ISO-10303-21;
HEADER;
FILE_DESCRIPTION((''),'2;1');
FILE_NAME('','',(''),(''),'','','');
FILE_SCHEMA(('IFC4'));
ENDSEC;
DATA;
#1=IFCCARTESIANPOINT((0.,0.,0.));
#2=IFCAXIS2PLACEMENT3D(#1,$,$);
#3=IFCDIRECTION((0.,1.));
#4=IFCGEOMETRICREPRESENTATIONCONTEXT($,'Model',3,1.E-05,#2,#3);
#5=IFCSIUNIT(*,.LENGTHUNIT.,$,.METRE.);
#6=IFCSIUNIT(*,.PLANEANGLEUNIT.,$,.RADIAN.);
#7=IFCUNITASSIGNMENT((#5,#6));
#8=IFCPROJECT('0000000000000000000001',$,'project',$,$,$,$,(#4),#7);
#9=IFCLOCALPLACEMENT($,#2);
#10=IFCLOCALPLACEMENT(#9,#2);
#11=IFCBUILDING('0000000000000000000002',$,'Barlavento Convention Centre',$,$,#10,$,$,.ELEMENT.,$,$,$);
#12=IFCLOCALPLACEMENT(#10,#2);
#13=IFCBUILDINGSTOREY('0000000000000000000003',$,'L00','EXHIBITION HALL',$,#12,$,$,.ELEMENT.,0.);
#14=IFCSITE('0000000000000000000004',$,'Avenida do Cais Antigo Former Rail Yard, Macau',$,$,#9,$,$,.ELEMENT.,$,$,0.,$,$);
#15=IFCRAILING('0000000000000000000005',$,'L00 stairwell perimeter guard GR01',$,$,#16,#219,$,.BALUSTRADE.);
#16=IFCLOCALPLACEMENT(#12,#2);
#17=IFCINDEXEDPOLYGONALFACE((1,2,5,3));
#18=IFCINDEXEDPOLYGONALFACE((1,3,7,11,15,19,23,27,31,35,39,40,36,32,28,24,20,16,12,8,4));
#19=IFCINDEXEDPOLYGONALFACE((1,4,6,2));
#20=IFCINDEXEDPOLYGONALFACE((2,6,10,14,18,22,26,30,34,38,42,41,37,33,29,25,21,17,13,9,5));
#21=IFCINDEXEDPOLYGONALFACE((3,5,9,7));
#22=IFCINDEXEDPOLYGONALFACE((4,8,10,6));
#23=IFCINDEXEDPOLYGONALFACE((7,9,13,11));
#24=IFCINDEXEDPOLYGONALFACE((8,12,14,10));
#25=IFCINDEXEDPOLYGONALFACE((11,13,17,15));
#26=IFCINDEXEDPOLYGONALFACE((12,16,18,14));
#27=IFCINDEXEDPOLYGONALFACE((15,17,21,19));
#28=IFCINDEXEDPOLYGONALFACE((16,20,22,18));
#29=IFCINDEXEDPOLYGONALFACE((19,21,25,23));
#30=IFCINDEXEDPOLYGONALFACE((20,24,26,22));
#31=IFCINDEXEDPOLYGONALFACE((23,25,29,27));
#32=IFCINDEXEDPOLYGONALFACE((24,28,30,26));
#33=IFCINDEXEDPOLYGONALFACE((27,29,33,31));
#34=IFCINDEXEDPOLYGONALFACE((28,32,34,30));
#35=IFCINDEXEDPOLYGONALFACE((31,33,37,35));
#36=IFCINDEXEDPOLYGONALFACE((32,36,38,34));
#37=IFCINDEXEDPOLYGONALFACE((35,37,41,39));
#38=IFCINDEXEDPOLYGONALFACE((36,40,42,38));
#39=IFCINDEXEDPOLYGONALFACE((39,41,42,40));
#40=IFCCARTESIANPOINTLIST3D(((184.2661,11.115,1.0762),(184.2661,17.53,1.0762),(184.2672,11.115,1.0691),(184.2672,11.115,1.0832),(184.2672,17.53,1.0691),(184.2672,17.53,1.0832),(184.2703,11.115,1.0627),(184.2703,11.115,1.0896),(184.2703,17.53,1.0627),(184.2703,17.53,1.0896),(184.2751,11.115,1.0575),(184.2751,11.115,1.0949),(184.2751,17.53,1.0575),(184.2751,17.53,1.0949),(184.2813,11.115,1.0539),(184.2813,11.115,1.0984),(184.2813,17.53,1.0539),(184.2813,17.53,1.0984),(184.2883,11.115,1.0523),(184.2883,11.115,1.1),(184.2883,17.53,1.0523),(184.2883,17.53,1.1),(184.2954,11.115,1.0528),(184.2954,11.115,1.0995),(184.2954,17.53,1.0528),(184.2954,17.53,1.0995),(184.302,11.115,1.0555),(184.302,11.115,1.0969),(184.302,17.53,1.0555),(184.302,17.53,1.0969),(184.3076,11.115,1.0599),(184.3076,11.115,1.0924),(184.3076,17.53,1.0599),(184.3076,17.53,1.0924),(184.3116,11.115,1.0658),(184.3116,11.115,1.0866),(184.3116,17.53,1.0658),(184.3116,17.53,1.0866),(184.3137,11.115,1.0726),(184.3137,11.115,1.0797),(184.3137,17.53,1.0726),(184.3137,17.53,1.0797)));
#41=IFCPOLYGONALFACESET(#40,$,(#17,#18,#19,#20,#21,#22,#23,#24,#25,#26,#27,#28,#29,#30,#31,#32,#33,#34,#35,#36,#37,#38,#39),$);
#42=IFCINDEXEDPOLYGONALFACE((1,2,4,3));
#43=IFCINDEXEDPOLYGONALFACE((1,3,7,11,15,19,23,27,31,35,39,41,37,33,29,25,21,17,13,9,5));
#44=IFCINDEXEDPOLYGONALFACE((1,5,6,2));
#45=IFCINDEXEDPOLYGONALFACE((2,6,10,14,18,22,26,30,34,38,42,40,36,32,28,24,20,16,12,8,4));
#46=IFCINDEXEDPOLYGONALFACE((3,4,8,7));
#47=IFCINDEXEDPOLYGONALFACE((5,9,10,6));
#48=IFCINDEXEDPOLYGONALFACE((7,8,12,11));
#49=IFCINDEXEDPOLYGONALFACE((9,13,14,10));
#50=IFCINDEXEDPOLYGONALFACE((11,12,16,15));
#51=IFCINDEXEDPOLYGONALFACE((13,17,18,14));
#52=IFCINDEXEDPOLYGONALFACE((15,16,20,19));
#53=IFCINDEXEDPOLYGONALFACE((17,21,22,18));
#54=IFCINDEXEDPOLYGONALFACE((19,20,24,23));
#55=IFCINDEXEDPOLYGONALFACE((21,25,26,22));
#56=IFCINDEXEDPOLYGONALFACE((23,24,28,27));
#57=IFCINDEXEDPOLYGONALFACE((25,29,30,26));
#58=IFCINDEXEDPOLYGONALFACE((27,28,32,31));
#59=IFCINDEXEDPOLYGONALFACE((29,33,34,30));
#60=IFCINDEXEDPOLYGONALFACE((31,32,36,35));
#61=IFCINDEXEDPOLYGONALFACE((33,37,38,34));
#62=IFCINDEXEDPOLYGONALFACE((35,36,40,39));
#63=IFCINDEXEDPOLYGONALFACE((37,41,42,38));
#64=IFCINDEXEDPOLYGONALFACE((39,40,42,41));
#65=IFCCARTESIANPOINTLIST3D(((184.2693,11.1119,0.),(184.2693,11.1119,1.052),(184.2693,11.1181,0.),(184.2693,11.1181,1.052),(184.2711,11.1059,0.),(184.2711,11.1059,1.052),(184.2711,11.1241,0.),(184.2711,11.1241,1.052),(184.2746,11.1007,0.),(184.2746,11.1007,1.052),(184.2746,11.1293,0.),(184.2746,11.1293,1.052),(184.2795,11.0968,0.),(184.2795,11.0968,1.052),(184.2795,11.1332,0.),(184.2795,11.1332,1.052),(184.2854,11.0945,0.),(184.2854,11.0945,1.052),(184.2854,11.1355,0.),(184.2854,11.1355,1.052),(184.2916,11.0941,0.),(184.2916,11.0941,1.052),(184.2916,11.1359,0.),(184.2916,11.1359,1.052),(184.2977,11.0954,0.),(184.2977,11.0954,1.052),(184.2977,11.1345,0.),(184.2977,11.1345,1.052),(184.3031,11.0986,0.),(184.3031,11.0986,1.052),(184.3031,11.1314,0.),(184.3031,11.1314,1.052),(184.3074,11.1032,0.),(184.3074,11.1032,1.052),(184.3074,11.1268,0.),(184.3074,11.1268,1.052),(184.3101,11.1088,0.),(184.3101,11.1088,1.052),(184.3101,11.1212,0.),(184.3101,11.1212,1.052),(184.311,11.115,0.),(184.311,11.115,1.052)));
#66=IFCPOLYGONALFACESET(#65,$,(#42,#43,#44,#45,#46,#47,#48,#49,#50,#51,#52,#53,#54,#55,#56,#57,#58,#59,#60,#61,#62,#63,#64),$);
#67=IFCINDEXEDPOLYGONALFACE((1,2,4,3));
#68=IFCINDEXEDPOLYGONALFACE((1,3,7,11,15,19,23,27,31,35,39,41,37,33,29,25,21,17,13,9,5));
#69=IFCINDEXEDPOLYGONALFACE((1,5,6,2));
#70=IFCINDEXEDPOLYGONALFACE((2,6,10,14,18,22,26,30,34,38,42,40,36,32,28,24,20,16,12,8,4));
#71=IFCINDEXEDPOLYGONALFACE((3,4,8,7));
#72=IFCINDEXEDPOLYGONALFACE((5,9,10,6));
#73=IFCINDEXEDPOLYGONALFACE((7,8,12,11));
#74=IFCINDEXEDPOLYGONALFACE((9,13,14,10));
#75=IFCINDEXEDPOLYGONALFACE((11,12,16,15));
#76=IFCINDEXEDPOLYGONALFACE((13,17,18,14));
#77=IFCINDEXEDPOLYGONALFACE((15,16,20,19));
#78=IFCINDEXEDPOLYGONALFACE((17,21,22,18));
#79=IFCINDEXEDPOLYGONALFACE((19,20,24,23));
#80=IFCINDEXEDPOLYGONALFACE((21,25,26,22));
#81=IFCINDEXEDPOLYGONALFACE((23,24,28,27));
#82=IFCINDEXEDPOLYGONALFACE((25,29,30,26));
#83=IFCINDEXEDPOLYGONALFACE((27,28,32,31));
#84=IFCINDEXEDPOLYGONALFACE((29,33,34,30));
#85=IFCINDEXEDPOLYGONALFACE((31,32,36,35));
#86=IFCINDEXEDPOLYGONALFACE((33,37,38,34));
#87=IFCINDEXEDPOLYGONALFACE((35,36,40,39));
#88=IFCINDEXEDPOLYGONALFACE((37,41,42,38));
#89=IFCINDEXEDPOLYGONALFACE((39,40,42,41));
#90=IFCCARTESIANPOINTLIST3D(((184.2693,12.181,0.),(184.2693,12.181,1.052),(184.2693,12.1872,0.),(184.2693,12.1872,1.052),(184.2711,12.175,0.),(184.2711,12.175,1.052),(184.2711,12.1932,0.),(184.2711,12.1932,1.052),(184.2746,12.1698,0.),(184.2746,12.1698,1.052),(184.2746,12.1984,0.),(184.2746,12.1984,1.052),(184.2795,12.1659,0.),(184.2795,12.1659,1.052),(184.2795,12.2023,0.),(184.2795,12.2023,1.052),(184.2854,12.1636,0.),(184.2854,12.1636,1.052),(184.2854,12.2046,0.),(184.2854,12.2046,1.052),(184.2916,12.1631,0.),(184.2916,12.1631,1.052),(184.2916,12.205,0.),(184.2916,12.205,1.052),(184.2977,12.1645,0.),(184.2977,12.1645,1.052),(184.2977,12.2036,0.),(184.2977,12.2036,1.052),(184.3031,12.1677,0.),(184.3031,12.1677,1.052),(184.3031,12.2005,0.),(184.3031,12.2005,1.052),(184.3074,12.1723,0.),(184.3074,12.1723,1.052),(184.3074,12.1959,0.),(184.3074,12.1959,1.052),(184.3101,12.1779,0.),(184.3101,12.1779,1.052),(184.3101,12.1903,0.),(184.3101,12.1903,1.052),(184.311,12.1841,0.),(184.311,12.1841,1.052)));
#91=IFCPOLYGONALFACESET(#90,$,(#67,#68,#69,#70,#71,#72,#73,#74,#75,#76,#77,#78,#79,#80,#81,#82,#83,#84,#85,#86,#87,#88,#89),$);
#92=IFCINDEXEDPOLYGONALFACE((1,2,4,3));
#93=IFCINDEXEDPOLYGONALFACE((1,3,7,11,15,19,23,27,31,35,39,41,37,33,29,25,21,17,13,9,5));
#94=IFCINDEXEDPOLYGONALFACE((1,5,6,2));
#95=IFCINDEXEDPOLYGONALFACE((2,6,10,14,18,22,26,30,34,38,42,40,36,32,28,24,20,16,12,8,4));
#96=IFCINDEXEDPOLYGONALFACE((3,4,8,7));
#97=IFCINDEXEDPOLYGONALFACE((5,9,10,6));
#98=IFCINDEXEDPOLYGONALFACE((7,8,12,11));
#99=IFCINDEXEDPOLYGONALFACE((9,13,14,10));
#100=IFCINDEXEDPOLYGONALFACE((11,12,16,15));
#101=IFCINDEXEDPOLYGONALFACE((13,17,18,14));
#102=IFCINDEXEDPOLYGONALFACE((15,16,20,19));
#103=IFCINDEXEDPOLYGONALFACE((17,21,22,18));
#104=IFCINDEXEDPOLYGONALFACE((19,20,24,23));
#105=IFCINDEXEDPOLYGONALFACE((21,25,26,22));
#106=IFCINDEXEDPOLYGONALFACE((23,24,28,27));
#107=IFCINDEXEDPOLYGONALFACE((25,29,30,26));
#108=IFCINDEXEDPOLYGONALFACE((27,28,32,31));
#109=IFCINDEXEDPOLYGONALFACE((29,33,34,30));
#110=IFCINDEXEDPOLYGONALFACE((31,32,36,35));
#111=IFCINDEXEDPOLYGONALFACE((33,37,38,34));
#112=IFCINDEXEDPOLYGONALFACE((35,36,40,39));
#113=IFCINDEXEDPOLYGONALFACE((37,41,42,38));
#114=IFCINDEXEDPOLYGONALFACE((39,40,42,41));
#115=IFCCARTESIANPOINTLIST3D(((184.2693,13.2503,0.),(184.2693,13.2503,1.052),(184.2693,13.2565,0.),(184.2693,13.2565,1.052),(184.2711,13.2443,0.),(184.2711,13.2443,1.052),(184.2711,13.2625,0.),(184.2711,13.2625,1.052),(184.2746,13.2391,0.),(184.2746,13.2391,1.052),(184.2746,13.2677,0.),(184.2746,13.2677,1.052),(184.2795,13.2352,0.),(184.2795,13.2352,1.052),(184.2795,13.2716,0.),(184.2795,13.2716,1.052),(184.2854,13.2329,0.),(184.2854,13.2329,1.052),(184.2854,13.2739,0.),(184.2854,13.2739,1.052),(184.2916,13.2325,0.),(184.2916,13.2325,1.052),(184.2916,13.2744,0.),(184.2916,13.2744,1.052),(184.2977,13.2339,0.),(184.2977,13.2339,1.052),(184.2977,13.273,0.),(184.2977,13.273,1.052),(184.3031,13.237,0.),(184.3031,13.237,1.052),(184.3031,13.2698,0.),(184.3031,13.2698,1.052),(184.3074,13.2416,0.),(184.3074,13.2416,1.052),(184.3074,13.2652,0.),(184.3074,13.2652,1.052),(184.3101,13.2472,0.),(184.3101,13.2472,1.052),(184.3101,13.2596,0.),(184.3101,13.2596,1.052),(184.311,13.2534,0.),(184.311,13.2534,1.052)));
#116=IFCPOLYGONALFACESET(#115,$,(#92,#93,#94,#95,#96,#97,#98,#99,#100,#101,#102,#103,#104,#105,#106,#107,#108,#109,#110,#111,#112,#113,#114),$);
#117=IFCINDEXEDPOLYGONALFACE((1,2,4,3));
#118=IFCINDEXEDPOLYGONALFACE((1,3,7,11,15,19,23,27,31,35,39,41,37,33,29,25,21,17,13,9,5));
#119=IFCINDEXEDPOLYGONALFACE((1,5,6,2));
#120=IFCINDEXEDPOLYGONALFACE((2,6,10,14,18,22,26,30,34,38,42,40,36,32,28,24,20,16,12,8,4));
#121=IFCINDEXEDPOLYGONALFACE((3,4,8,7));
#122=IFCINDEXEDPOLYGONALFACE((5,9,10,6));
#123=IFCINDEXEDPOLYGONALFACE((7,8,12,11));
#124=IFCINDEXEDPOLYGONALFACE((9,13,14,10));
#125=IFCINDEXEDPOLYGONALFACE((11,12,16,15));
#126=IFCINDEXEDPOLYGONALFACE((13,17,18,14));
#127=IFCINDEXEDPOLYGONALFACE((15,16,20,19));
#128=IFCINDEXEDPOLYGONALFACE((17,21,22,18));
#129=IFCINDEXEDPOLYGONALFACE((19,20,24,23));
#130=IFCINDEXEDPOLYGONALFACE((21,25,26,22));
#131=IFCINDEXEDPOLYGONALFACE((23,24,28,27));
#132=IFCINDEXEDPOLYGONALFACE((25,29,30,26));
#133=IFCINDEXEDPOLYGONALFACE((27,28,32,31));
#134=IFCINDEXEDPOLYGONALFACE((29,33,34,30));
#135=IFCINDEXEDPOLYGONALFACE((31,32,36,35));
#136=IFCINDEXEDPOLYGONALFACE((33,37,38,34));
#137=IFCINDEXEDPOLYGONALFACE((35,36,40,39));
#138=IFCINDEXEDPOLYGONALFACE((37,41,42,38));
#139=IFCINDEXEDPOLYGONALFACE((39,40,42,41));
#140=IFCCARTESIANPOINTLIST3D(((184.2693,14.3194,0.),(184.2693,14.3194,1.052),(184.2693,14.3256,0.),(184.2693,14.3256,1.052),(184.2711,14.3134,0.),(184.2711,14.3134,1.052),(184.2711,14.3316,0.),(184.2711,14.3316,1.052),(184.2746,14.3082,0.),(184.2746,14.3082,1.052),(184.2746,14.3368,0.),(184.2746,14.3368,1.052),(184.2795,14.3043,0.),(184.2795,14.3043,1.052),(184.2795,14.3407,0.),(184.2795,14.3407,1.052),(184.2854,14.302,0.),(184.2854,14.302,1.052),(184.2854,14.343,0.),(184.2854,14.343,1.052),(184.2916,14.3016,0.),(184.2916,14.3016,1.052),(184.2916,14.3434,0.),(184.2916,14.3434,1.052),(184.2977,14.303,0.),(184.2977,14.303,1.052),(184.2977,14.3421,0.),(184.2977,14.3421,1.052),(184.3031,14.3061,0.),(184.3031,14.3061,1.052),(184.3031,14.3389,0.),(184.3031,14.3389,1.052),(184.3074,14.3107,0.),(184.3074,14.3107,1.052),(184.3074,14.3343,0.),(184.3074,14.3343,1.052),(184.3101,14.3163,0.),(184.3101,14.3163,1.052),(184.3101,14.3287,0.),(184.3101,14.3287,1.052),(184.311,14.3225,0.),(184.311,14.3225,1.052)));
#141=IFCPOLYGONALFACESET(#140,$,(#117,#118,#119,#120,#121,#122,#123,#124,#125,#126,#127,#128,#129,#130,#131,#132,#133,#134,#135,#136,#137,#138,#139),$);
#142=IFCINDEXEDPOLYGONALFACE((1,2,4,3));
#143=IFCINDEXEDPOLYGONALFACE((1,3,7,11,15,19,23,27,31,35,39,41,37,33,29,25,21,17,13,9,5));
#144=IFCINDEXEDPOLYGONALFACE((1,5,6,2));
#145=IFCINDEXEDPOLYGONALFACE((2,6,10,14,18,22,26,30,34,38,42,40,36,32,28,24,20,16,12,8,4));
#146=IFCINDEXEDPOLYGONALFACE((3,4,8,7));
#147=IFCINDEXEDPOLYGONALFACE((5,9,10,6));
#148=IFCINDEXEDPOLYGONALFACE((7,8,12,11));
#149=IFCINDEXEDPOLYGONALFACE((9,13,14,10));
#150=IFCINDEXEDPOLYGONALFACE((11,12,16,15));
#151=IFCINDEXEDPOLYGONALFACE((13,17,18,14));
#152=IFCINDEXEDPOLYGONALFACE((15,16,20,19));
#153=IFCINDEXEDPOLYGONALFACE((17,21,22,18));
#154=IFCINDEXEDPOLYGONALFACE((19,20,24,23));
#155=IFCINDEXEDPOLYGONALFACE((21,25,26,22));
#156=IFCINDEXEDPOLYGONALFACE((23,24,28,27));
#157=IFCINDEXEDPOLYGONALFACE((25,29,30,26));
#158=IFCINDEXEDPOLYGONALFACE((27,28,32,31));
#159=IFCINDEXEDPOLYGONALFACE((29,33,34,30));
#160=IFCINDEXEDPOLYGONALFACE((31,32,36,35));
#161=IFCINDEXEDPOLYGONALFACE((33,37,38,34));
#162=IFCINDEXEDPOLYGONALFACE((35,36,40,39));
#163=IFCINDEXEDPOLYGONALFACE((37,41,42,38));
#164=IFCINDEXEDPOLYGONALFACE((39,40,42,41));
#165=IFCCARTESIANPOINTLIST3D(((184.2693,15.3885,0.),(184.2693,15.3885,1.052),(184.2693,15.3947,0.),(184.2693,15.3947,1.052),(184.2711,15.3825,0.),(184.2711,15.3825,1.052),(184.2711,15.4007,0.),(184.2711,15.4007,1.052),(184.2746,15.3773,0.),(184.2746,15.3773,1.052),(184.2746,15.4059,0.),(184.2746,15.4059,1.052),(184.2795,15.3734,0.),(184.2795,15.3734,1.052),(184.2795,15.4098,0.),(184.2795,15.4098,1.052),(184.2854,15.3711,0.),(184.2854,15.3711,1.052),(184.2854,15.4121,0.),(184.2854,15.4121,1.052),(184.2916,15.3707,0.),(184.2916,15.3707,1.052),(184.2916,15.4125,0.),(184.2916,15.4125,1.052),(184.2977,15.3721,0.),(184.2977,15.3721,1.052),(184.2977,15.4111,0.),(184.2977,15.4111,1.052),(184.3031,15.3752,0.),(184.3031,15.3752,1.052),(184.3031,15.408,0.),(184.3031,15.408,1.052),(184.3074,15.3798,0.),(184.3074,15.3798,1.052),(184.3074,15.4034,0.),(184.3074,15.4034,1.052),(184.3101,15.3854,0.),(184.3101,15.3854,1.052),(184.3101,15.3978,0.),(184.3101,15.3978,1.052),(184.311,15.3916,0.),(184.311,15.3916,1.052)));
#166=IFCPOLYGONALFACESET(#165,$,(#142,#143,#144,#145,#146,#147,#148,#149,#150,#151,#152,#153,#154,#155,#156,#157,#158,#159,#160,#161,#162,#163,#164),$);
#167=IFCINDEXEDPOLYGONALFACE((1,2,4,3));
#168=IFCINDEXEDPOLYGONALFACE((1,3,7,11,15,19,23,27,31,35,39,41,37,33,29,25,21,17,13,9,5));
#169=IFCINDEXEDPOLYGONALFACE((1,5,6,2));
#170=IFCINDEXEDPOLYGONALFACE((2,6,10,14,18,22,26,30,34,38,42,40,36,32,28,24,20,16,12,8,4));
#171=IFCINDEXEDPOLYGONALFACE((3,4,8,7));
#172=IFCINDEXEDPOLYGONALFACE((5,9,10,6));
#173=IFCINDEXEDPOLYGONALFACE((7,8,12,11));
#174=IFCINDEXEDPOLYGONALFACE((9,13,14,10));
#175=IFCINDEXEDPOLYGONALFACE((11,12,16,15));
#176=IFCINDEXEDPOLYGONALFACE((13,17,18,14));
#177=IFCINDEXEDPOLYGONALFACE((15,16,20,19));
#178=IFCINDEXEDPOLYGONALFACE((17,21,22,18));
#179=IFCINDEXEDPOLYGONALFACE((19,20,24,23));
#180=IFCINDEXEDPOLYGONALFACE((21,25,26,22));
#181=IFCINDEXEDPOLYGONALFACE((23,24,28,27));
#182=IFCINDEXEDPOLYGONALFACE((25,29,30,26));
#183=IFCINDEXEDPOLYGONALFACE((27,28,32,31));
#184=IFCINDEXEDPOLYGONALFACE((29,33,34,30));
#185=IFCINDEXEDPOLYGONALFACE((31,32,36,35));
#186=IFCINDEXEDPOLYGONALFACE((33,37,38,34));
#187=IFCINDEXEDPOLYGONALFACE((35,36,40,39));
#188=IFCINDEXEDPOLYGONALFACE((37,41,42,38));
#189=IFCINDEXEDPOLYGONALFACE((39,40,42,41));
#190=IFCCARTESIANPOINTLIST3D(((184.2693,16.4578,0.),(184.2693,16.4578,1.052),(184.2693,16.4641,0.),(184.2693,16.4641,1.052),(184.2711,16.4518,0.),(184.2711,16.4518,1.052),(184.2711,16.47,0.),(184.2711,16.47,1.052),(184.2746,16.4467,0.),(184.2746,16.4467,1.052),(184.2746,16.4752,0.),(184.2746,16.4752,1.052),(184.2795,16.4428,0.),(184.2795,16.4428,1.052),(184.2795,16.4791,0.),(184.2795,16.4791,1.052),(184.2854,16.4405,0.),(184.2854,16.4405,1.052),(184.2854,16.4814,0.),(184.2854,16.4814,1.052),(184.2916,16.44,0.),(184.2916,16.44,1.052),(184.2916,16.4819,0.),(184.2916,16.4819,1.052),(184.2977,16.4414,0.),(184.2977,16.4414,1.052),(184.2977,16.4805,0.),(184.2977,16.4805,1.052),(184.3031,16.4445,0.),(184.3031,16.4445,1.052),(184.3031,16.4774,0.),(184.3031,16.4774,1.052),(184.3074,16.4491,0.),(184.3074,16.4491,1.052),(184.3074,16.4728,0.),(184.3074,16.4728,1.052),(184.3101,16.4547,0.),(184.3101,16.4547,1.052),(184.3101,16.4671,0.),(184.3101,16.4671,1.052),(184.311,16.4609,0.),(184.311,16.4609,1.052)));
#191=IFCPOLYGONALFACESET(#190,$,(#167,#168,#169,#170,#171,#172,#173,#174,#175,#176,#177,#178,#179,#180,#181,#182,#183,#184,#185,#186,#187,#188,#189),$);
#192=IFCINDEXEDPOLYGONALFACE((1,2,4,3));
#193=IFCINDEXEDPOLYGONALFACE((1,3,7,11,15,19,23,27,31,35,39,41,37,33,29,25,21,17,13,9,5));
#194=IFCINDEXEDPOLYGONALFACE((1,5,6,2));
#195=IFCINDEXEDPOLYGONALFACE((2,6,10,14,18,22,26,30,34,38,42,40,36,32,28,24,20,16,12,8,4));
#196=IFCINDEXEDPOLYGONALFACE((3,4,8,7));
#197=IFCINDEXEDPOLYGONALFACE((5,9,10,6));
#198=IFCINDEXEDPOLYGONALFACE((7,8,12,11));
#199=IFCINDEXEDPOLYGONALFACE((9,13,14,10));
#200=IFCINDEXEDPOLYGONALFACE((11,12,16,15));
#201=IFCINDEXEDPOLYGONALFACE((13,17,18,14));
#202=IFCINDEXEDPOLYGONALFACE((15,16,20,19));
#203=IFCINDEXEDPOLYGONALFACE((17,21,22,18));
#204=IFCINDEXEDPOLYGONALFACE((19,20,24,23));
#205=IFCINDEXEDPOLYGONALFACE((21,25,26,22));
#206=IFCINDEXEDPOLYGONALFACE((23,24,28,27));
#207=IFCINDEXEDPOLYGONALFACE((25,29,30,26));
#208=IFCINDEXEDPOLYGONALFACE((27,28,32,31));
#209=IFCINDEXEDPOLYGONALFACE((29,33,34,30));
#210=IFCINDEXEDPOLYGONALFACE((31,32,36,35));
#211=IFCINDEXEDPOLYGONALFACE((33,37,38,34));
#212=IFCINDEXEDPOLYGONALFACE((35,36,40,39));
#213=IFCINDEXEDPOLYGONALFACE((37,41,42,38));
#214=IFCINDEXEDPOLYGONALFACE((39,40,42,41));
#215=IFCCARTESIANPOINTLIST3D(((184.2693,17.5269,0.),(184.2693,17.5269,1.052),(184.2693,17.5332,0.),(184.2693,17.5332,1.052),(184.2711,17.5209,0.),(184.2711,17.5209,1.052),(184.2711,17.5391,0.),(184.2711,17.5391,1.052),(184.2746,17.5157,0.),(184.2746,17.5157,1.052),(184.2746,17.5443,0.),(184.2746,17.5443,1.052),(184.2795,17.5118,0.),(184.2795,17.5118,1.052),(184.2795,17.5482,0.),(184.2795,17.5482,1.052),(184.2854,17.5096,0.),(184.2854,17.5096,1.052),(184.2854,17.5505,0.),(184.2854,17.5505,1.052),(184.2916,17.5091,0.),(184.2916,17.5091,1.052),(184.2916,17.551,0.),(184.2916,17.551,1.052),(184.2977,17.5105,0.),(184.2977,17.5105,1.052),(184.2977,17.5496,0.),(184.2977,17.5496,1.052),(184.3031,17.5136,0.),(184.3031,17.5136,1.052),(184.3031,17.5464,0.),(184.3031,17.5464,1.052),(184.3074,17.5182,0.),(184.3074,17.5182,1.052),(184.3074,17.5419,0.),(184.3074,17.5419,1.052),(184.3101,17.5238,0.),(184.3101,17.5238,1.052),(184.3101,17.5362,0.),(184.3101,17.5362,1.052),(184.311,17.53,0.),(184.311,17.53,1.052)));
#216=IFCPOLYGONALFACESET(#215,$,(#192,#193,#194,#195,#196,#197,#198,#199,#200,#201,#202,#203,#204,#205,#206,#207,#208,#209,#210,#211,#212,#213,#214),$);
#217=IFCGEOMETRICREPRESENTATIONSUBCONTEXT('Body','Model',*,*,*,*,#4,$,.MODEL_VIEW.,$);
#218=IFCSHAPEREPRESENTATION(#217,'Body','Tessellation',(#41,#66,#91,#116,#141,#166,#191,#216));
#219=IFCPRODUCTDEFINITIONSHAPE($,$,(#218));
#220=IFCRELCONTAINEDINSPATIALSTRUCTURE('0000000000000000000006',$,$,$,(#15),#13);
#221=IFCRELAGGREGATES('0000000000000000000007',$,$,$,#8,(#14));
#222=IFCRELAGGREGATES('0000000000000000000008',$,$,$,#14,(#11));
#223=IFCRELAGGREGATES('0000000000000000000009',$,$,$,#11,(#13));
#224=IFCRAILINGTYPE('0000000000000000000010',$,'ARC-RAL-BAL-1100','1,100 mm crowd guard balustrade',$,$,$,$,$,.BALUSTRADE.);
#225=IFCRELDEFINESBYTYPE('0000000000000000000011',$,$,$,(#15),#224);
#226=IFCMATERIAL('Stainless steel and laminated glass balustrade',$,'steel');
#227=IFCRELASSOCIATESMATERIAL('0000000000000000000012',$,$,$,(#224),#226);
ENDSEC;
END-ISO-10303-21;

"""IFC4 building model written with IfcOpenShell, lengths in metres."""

from ifc_helpers import new_model, si_unit, direction, frame, origin, origin_2d, place, context, subcontext, project, spatial, circle, extrude, material, type_object, element, save


model = new_model("IFC4")

# Units and contexts
model_context = context("Model", 3, precision=1e-05, world=origin(), true_north=direction((0.0, 1.0)))
body_context = subcontext(model_context, "Body", "Model", "MODEL_VIEW")
ifc_project = project(units=[si_unit("LENGTHUNIT", "METRE"), si_unit("PLANEANGLEUNIT", "RADIAN")], contexts=[model_context])

# Site, building, storey
site_placement = place(None, origin())
site = spatial("IfcSite", under=ifc_project, at=site_placement, Name="Avenida do Cais Antigo Former Rail Yard, Macau", CompositionType="ELEMENT", RefElevation=0.0)
building_placement = place(site_placement, origin())
building = spatial("IfcBuilding", under=site, at=building_placement, Name="Barlavento Convention Centre", CompositionType="ELEMENT")
storey_placement = place(building_placement, origin())
storey = spatial("IfcBuildingStorey", under=building, at=storey_placement, Name="L00", Description="EXHIBITION HALL", CompositionType="ELEMENT", Elevation=0.0)

# Railing
ifc_material_1 = material(Name="Stainless steel and laminated glass balustrade", Category="steel")
railing_type_1 = type_object("IfcRailingType", Name="ARC-RAL-BAL-1100", Description="1,100 mm crowd guard balustrade", PredefinedType="BALUSTRADE", material=ifc_material_1)
railing_1_placement = place(storey_placement, frame((184.29, 11.115, 0.0)))
element("IfcRailing", 1, at=railing_1_placement, inside=storey, type_object=railing_type_1, Name="L00 stairwell perimeter guard GR01", PredefinedType="BALUSTRADE", context=body_context, shape_type="SweptSolid", body=[
    extrude(circle(Radius=0.0239, at=origin_2d()), frame((0.0, 0.0, 1.0762), z_axis=(0.0, 1.0, 0.0), x_axis=(-1.0, 0.0, 0.0)), (0.0, 0.0, 1.0), 6.415),
    extrude(circle(Radius=0.021, at=origin_2d()), origin(), (0.0, 0.0, 1.0), 1.052),
    extrude(circle(Radius=0.021, at=origin_2d()), frame((0.0, 1.0691, 0.0)), (0.0, 0.0, 1.0), 1.052),
    extrude(circle(Radius=0.021, at=origin_2d()), frame((0.0, 2.1384, 0.0)), (0.0, 0.0, 1.0), 1.052),
    extrude(circle(Radius=0.021, at=origin_2d()), frame((0.0, 3.2075, 0.0)), (0.0, 0.0, 1.0), 1.052),
    extrude(circle(Radius=0.021, at=origin_2d()), frame((0.0, 4.2766, 0.0)), (0.0, 0.0, 1.0), 1.052),
    extrude(circle(Radius=0.021, at=origin_2d()), frame((0.0, 5.3459, 0.0)), (0.0, 0.0, 1.0), 1.052),
    extrude(circle(Radius=0.021, at=origin_2d()), frame((0.0, 6.415, 0.0)), (0.0, 0.0, 1.0), 1.052),
])

save(model, "model.ifc")
